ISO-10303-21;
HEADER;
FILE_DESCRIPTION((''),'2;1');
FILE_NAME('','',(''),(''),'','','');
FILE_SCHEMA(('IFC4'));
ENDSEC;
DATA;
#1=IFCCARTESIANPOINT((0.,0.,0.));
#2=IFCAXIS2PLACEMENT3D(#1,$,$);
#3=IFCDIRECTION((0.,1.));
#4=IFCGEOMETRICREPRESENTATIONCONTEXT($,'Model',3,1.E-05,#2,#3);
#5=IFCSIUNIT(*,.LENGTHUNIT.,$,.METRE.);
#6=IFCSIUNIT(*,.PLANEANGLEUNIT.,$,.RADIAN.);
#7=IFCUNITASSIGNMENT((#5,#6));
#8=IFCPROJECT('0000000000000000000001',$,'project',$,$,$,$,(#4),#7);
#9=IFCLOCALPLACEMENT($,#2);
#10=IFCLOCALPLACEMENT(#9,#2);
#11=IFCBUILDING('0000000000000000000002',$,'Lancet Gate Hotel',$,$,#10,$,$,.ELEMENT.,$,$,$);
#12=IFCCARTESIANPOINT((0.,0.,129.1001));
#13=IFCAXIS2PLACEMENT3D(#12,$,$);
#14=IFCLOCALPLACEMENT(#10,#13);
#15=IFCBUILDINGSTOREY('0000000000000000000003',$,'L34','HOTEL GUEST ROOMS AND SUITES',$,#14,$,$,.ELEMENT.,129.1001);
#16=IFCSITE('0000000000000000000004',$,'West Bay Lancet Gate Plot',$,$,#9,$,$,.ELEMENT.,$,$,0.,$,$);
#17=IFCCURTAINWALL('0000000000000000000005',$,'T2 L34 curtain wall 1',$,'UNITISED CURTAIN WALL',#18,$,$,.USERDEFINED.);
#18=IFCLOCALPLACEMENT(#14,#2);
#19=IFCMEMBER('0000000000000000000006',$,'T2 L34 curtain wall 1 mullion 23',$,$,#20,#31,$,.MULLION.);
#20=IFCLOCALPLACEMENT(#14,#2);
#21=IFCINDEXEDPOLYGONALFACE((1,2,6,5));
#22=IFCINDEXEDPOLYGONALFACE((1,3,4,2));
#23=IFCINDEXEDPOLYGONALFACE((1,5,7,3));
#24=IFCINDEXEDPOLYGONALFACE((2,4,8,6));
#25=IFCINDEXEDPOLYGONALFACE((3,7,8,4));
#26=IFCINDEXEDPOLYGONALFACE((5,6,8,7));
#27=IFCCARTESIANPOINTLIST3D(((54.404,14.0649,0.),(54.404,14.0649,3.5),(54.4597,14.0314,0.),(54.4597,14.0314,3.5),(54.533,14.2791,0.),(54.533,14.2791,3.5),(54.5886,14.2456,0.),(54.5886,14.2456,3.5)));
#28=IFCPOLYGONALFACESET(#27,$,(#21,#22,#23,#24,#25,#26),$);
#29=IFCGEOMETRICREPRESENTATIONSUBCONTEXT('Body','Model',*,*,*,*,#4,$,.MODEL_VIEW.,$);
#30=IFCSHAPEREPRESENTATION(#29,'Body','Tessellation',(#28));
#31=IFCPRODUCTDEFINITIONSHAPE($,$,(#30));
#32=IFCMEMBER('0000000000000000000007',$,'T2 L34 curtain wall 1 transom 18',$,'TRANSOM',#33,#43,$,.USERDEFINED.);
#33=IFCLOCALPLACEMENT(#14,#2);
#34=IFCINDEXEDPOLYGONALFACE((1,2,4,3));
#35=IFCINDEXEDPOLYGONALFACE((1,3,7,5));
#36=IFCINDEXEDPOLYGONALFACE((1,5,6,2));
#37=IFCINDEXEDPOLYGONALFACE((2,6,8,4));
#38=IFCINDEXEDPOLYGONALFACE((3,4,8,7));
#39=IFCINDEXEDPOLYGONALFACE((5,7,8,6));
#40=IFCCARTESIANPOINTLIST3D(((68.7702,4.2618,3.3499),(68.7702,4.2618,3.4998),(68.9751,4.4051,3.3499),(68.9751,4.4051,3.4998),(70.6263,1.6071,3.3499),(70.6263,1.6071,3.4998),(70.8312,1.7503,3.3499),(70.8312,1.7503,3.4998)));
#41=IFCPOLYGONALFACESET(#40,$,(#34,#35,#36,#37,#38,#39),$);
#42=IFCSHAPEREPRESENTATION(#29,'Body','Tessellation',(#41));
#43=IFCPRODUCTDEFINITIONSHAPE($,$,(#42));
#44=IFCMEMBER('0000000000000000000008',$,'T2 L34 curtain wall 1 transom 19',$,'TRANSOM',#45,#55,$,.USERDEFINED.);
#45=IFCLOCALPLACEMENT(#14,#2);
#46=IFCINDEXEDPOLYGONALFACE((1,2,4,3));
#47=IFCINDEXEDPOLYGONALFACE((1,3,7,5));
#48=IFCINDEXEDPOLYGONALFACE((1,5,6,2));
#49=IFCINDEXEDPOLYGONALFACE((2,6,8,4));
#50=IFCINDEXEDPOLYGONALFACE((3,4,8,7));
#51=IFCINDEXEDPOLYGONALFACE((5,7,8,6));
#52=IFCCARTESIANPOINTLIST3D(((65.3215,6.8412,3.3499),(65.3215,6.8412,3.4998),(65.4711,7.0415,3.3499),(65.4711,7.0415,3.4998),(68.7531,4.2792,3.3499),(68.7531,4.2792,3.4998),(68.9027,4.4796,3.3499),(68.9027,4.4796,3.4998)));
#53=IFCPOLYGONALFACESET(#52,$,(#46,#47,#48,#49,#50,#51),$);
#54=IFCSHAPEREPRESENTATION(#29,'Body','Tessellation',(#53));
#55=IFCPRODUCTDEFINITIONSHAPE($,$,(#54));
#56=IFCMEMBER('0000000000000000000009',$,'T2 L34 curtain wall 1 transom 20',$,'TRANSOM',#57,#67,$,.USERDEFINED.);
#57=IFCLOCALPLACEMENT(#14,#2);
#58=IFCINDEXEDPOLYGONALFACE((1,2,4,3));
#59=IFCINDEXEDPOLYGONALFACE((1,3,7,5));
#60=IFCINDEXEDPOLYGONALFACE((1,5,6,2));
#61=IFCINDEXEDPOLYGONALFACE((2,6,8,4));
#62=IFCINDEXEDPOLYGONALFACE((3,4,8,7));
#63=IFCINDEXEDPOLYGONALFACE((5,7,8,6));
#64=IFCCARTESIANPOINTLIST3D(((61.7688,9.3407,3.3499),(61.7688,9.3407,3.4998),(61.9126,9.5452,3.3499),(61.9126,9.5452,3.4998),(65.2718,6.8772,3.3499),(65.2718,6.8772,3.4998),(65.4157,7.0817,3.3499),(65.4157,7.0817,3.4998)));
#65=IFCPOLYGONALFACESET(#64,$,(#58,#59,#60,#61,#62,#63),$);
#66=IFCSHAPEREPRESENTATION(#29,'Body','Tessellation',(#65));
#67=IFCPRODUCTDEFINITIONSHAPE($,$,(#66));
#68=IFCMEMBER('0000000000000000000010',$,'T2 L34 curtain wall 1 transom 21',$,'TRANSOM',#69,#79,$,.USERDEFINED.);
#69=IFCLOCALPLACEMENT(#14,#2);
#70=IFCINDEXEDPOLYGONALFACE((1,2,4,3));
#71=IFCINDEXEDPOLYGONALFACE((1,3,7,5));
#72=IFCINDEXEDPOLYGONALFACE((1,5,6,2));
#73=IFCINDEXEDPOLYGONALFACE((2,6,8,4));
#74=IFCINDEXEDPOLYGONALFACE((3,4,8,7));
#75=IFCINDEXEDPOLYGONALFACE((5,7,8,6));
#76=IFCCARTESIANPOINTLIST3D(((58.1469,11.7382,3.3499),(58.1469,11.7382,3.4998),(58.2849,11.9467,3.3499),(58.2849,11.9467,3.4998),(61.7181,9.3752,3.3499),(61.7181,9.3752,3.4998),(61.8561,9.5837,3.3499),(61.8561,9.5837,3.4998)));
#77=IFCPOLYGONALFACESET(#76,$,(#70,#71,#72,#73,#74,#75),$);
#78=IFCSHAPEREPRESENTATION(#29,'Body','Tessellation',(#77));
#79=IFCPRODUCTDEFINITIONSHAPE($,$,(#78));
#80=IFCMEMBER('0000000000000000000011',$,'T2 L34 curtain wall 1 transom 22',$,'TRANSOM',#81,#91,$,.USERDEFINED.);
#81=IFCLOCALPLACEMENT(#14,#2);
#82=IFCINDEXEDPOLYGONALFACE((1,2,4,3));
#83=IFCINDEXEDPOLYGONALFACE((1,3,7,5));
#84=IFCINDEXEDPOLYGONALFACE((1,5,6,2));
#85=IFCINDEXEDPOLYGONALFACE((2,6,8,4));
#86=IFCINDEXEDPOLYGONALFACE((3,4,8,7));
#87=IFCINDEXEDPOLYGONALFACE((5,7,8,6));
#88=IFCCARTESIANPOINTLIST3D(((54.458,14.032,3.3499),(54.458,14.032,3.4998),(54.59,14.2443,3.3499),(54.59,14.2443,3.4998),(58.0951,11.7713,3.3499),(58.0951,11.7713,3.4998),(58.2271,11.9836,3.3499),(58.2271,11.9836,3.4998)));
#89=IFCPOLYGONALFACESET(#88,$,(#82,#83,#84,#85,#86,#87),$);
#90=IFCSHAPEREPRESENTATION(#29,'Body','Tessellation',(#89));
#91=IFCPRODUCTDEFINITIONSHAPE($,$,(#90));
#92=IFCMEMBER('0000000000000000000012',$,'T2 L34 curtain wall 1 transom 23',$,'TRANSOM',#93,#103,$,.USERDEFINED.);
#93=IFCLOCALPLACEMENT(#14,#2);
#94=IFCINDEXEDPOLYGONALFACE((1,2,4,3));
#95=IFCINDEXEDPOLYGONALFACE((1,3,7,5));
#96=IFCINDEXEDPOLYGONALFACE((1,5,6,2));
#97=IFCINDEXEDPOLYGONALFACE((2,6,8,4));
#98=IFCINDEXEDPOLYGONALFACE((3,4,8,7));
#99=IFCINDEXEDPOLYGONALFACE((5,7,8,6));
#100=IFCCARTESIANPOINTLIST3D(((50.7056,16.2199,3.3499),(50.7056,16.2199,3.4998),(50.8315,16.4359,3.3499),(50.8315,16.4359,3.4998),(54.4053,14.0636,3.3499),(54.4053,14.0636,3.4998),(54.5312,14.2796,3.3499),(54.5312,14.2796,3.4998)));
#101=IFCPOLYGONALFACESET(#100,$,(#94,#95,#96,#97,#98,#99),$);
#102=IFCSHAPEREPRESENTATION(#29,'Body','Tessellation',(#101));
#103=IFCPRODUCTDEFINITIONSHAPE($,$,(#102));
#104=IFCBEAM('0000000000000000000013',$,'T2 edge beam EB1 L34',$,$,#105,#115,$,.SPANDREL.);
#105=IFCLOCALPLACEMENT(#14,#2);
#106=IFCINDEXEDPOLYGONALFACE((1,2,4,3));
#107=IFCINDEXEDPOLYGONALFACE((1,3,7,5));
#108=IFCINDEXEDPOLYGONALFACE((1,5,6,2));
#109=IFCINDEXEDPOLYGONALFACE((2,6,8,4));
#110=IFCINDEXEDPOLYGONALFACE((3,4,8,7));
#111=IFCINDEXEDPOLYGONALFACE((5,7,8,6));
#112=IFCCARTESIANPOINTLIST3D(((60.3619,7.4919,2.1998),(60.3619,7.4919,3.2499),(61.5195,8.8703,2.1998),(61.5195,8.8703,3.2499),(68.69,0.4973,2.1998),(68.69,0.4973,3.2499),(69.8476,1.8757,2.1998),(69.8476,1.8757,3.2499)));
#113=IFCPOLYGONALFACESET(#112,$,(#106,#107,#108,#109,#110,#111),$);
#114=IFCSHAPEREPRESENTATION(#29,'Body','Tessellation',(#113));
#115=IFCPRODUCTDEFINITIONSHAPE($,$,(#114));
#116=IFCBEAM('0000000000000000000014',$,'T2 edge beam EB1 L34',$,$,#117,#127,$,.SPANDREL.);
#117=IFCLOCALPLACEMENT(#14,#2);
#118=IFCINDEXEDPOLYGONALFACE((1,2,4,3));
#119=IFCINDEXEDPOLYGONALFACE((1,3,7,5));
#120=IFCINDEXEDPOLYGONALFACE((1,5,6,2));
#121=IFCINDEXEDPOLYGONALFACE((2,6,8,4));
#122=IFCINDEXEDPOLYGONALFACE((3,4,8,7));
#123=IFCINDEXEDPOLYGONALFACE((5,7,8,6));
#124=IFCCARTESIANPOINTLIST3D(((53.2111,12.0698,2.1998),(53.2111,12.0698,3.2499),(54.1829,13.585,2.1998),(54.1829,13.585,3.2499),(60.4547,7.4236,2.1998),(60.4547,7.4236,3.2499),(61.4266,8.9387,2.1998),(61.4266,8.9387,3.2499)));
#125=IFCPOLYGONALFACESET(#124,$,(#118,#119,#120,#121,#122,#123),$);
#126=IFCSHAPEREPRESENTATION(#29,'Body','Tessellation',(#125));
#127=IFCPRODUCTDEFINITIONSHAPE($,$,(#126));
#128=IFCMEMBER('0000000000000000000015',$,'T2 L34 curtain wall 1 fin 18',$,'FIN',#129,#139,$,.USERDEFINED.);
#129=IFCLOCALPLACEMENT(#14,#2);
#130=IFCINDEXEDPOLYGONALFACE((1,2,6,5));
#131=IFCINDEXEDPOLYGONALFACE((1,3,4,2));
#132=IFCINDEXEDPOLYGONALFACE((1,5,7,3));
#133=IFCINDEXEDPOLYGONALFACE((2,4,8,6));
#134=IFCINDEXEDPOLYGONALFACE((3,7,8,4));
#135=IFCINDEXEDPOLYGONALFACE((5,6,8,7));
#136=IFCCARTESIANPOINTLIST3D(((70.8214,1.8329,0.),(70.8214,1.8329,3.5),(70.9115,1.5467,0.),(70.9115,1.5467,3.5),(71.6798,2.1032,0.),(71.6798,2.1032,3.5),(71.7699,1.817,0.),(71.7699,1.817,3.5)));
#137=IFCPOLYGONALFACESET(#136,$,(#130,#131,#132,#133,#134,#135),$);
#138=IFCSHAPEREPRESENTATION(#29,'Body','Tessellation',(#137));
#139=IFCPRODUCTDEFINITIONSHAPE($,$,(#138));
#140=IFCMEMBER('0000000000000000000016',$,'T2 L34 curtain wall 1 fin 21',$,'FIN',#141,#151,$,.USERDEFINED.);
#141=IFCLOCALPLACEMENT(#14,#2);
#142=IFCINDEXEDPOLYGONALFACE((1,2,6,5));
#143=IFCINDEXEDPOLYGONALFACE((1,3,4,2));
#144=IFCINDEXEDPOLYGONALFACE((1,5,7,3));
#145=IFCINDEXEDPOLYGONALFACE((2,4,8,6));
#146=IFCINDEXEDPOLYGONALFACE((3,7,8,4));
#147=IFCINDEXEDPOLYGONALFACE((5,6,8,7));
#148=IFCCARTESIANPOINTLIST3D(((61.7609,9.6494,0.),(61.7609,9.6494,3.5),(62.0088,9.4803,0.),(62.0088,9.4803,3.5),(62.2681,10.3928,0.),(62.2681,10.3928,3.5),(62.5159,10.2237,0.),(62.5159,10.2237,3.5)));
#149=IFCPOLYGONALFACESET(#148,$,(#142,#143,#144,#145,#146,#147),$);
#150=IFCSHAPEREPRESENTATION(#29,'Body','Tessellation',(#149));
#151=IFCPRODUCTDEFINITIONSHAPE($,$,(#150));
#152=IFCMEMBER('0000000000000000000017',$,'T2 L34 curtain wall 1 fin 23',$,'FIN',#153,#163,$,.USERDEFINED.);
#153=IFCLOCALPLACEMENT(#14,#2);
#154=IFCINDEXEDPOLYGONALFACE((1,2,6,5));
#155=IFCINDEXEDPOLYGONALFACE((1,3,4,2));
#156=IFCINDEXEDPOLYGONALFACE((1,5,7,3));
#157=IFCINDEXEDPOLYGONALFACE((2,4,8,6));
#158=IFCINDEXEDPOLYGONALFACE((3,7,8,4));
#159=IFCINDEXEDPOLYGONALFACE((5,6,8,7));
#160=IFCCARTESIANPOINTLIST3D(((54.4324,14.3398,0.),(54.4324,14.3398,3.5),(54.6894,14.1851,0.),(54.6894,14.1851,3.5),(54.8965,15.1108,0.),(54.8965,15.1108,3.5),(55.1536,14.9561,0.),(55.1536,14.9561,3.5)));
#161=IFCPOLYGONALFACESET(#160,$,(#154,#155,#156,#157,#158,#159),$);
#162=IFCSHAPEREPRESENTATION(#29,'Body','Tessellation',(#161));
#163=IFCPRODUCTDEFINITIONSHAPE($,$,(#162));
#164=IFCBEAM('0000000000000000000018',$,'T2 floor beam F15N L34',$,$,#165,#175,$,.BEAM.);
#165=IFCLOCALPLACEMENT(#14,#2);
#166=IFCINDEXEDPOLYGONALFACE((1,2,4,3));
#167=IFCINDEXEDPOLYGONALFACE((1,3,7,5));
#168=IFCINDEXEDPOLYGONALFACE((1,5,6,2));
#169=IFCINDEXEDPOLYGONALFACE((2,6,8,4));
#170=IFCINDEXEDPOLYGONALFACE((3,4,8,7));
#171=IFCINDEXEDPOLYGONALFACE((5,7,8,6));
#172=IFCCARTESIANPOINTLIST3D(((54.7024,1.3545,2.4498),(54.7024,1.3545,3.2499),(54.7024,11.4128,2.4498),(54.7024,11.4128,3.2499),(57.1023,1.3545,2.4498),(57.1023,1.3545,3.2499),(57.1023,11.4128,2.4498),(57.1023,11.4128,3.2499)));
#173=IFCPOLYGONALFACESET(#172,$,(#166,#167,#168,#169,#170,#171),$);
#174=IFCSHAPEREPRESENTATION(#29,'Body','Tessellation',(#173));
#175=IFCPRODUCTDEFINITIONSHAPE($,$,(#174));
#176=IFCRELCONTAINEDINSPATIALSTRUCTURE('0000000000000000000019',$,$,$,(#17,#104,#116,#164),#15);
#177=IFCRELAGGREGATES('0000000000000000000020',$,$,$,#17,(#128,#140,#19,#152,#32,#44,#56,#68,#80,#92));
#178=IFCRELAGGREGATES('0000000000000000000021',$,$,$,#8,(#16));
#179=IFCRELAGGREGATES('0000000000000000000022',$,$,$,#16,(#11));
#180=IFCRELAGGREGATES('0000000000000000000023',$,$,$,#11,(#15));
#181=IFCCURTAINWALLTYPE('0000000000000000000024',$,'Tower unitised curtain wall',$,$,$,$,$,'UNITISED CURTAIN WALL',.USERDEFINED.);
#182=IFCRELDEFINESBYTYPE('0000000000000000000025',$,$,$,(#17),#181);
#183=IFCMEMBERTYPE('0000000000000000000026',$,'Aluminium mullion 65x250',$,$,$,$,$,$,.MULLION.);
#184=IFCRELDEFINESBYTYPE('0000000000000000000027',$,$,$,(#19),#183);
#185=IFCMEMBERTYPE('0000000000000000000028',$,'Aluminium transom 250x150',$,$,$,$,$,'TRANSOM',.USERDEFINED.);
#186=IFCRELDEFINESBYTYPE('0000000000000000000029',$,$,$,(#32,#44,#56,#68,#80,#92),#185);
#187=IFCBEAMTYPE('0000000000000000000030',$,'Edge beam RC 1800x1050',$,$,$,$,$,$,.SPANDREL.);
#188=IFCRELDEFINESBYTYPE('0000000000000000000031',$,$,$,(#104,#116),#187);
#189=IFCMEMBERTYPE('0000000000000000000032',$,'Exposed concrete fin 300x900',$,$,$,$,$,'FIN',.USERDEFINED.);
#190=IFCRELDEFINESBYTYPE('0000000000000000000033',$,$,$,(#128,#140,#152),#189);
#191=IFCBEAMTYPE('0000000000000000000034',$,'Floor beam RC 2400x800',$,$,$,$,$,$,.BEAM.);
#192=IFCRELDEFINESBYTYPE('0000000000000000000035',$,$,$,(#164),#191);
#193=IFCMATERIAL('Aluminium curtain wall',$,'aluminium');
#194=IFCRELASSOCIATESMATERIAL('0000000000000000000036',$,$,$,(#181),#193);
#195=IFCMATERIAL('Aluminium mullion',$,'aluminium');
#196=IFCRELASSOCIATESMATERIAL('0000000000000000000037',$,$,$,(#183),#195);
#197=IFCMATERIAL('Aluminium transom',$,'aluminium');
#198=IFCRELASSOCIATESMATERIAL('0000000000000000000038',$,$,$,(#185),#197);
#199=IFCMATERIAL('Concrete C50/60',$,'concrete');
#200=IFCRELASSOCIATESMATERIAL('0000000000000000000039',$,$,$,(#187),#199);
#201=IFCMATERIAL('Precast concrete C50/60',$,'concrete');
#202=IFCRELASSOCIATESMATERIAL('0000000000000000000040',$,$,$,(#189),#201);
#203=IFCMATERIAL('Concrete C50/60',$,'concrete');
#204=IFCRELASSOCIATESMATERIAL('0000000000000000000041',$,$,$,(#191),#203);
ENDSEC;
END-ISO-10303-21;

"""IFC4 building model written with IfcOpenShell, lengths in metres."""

from ifc_helpers import new_model, si_unit, direction, frame, origin, origin_2d, place, context, subcontext, project, spatial, rectangle, extrude, material, material_profile, profile_set, type_object, element, aggregate, save


model = new_model("IFC4")

# Units and contexts
model_context = context("Model", 3, precision=1e-05, world=origin(), true_north=direction((0.0, 1.0)))
body_context = subcontext(model_context, "Body", "Model", "MODEL_VIEW")
ifc_project = project(units=[si_unit("LENGTHUNIT", "METRE"), si_unit("PLANEANGLEUNIT", "RADIAN")], contexts=[model_context])

# Site, building, storey
site_placement = place(None, origin())
site = spatial("IfcSite", under=ifc_project, at=site_placement, Name="West Bay Lancet Gate Plot", CompositionType="ELEMENT", RefElevation=0.0)
building_placement = place(site_placement, origin())
building = spatial("IfcBuilding", under=site, at=building_placement, Name="Lancet Gate Hotel", CompositionType="ELEMENT")
storey_placement = place(building_placement, frame((0.0, 0.0, 129.1001)))
storey = spatial("IfcBuildingStorey", under=building, at=storey_placement, Name="L34", Description="HOTEL GUEST ROOMS AND SUITES", CompositionType="ELEMENT", Elevation=129.1001)

# Curtain wall, members
ifc_material_1 = material(Name="Aluminium curtain wall", Category="aluminium")
curtain_wall_type = type_object("IfcCurtainWallType", Name="Tower unitised curtain wall", ElementType="UNITISED CURTAIN WALL", PredefinedType="USERDEFINED", material=ifc_material_1)
curtain_wall_placement = place(storey_placement, origin())
curtain_wall = element("IfcCurtainWall", 1, at=curtain_wall_placement, inside=storey, type_object=curtain_wall_type, Name="T2 L34 curtain wall 1", ObjectType="UNITISED CURTAIN WALL", PredefinedType="USERDEFINED")
ifc_material_2 = material(Name="Aluminium mullion", Category="aluminium")
ifc_material_profile_1 = material_profile(ifc_material_2, rectangle(XDim=0.0649, YDim=0.25, at=origin_2d()), Name="MULLION 65x250")
ifc_profile_set_1 = profile_set([ifc_material_profile_1], Name="Aluminium mullion")
member_type_1 = type_object("IfcMemberType", Name="Aluminium mullion 65x250", PredefinedType="MULLION", material=ifc_profile_set_1)
member_1_placement = place(storey_placement, frame((54.4963, 14.1553, 0.0), z_axis=(0.0, 0.0, 1.0), x_axis=(-0.856728, 0.515768, 0.0)))
member_1 = element("IfcMember", 2, at=member_1_placement, type_object=member_type_1, Name="T2 L34 curtain wall 1 mullion 23", PredefinedType="MULLION", context=body_context, shape_type="SweptSolid", body=[
    extrude(rectangle(XDim=0.0649, YDim=0.25, at=origin_2d()), origin(), (0.0, 0.0, 1.0), 3.5),
])
ifc_material_3 = material(Name="Aluminium transom", Category="aluminium")
ifc_material_profile_2 = material_profile(ifc_material_3, rectangle(XDim=0.25, YDim=0.1499, at=origin_2d()), Name="TRANSOM 250x150")
ifc_profile_set_2 = profile_set([ifc_material_profile_2], Name="Aluminium transom")
member_type_2 = type_object("IfcMemberType", Name="Aluminium transom 250x150", ElementType="TRANSOM", PredefinedType="USERDEFINED", material=ifc_profile_set_2)
member_2_placement = place(storey_placement, frame((70.7288, 1.6787, 3.4248), z_axis=(-0.573017, 0.819543, 0.0), x_axis=(-0.819543, -0.573017, 0.0)))
member_2 = element("IfcMember", 3, at=member_2_placement, type_object=member_type_2, Name="T2 L34 curtain wall 1 transom 18", ObjectType="TRANSOM", PredefinedType="USERDEFINED", context=body_context, shape_type="SweptSolid", body=[
    extrude(rectangle(XDim=0.25, YDim=0.1499, at=origin_2d()), origin(), (0.0, 0.0, 1.0), 3.2393),
])
member_3_placement = place(storey_placement, frame((68.8279, 4.3794, 3.4248), z_axis=(-0.801312, 0.598247, 0.0), x_axis=(-0.598247, -0.801312, 0.0)))
member_3 = element("IfcMember", 4, at=member_3_placement, type_object=member_type_2, Name="T2 L34 curtain wall 1 transom 19", ObjectType="TRANSOM", PredefinedType="USERDEFINED", context=body_context, shape_type="SweptSolid", body=[
    extrude(rectangle(XDim=0.25, YDim=0.1499, at=origin_2d()), origin(), (0.0, 0.0, 1.0), 4.2825),
])
member_4_placement = place(storey_placement, frame((65.3438, 6.9795, 3.4248), z_axis=(-0.817987, 0.575236, 0.0), x_axis=(-0.575236, -0.817987, 0.0)))
member_4 = element("IfcMember", 5, at=member_4_placement, type_object=member_type_2, Name="T2 L34 curtain wall 1 transom 20", ObjectType="TRANSOM", PredefinedType="USERDEFINED", context=body_context, shape_type="SweptSolid", body=[
    extrude(rectangle(XDim=0.25, YDim=0.1499, at=origin_2d()), origin(), (0.0, 0.0, 1.0), 4.2825),
])
member_5_placement = place(storey_placement, frame((61.7871, 9.4795, 3.4248), z_axis=(-0.833966, 0.551816, 0.0), x_axis=(-0.551816, -0.833966, 0.0)))
member_5 = element("IfcMember", 6, at=member_5_placement, type_object=member_type_2, Name="T2 L34 curtain wall 1 transom 21", ObjectType="TRANSOM", PredefinedType="USERDEFINED", context=body_context, shape_type="SweptSolid", body=[
    extrude(rectangle(XDim=0.25, YDim=0.1499, at=origin_2d()), origin(), (0.0, 0.0, 1.0), 4.2822),
])
member_6_placement = place(storey_placement, frame((58.1611, 11.8774, 3.4248), z_axis=(-0.849309, 0.527896, 0.0), x_axis=(-0.527896, -0.849309, 0.0)))
member_6 = element("IfcMember", 7, at=member_6_placement, type_object=member_type_2, Name="T2 L34 curtain wall 1 transom 22", ObjectType="TRANSOM", PredefinedType="USERDEFINED", context=body_context, shape_type="SweptSolid", body=[
    extrude(rectangle(XDim=0.25, YDim=0.1499, at=origin_2d()), origin(), (0.0, 0.0, 1.0), 4.2825),
])
member_7_placement = place(storey_placement, frame((54.4683, 14.1716, 3.4248), z_axis=(-0.863973, 0.503538, 0.0), x_axis=(-0.503538, -0.863973, 0.0)))
member_7 = element("IfcMember", 8, at=member_7_placement, type_object=member_type_2, Name="T2 L34 curtain wall 1 transom 23", ObjectType="TRANSOM", PredefinedType="USERDEFINED", context=body_context, shape_type="SweptSolid", body=[
    extrude(rectangle(XDim=0.25, YDim=0.1499, at=origin_2d()), origin(), (0.0, 0.0, 1.0), 4.2822),
])

# Beams
ifc_material_4 = material(Name="Concrete C50/60", Category="concrete")
ifc_material_profile_3 = material_profile(ifc_material_4, rectangle(XDim=1.8, YDim=1.05, at=origin_2d()), Name="RC 1800x1050")
ifc_profile_set_3 = profile_set([ifc_material_profile_3], Name="Concrete C50/60")
beam_type_1 = type_object("IfcBeamType", Name="Edge beam RC 1800x1050", PredefinedType="SPANDREL", material=ifc_profile_set_3)
beam_1_placement = place(storey_placement, frame((69.2688, 1.1865, 2.7249), z_axis=(-0.76575, 0.643138, 0.0), x_axis=(-0.643138, -0.76575, 0.0)))
element("IfcBeam", 9, at=beam_1_placement, inside=storey, type_object=beam_type_1, Name="T2 edge beam EB1 L34", PredefinedType="SPANDREL", context=body_context, shape_type="SweptSolid", body=[
    extrude(rectangle(XDim=1.8, YDim=1.05, at=origin_2d()), origin(), (0.0, 0.0, 1.0), 10.8757),
])
beam_2_placement = place(storey_placement, frame((60.9407, 8.1812, 2.7249), z_axis=(-0.841727, 0.539903, 0.0), x_axis=(-0.539903, -0.841727, 0.0)))
element("IfcBeam", 10, at=beam_2_placement, inside=storey, type_object=beam_type_1, Name="T2 edge beam EB1 L34", PredefinedType="SPANDREL", context=body_context, shape_type="SweptSolid", body=[
    extrude(rectangle(XDim=1.8, YDim=1.05, at=origin_2d()), origin(), (0.0, 0.0, 1.0), 8.6057),
])

# Members
ifc_material_5 = material(Name="Precast concrete C50/60", Category="concrete")
ifc_material_profile_4 = material_profile(ifc_material_5, rectangle(XDim=0.3, YDim=0.8999, at=origin_2d()), Name="FIN 300x900")
ifc_profile_set_4 = profile_set([ifc_material_profile_4], Name="Precast concrete C50/60")
member_type_3 = type_object("IfcMemberType", Name="Exposed concrete fin 300x900", ElementType="FIN", PredefinedType="USERDEFINED", material=ifc_profile_set_4)
member_8_placement = place(storey_placement, frame((71.2957, 1.825, 0.0), z_axis=(0.0, 0.0, 1.0), x_axis=(-0.300385, 0.953818, 0.0)))
member_8 = element("IfcMember", 11, at=member_8_placement, type_object=member_type_3, Name="T2 L34 curtain wall 1 fin 18", ObjectType="FIN", PredefinedType="USERDEFINED", context=body_context, shape_type="SweptSolid", body=[
    extrude(rectangle(XDim=0.3, YDim=0.8999, at=origin_2d()), origin(), (0.0, 0.0, 1.0), 3.5),
])
member_9_placement = place(storey_placement, frame((62.1384, 9.9365, 0.0), z_axis=(0.0, 0.0, 1.0), x_axis=(-0.826066, 0.563574, 0.0)))
member_9 = element("IfcMember", 12, at=member_9_placement, type_object=member_type_3, Name="T2 L34 curtain wall 1 fin 21", ObjectType="FIN", PredefinedType="USERDEFINED", context=body_context, shape_type="SweptSolid", body=[
    extrude(rectangle(XDim=0.3, YDim=0.8999, at=origin_2d()), origin(), (0.0, 0.0, 1.0), 3.5),
])
member_10_placement = place(storey_placement, frame((54.793, 14.6479, 0.0), z_axis=(0.0, 0.0, 1.0), x_axis=(-0.856728, 0.515768, 0.0)))
member_10 = element("IfcMember", 13, at=member_10_placement, type_object=member_type_3, Name="T2 L34 curtain wall 1 fin 23", ObjectType="FIN", PredefinedType="USERDEFINED", context=body_context, shape_type="SweptSolid", body=[
    extrude(rectangle(XDim=0.3, YDim=0.8999, at=origin_2d()), origin(), (0.0, 0.0, 1.0), 3.5),
])

# Beam
ifc_material_6 = material(Name="Concrete C50/60", Category="concrete")
ifc_material_profile_5 = material_profile(ifc_material_6, rectangle(XDim=2.3999, YDim=0.8, at=origin_2d()), Name="RC 2400x800")
ifc_profile_set_5 = profile_set([ifc_material_profile_5], Name="Concrete C50/60")
beam_type_2 = type_object("IfcBeamType", Name="Floor beam RC 2400x800", PredefinedType="BEAM", material=ifc_profile_set_5)
beam_3_placement = place(storey_placement, frame((55.9023, 1.3545, 2.8499), z_axis=(0.0, 1.0, 0.0), x_axis=(-1.0, 0.0, 0.0)))
element("IfcBeam", 14, at=beam_3_placement, inside=storey, type_object=beam_type_2, Name="T2 floor beam F15N L34", PredefinedType="BEAM", context=body_context, shape_type="SweptSolid", body=[
    extrude(rectangle(XDim=2.3999, YDim=0.8, at=origin_2d()), origin(), (0.0, 0.0, 1.0), 10.0583),
])

aggregate(curtain_wall, [member_8, member_9, member_1, member_10, member_2, member_3, member_4, member_5, member_6, member_7])

save(model, "model.ifc")
